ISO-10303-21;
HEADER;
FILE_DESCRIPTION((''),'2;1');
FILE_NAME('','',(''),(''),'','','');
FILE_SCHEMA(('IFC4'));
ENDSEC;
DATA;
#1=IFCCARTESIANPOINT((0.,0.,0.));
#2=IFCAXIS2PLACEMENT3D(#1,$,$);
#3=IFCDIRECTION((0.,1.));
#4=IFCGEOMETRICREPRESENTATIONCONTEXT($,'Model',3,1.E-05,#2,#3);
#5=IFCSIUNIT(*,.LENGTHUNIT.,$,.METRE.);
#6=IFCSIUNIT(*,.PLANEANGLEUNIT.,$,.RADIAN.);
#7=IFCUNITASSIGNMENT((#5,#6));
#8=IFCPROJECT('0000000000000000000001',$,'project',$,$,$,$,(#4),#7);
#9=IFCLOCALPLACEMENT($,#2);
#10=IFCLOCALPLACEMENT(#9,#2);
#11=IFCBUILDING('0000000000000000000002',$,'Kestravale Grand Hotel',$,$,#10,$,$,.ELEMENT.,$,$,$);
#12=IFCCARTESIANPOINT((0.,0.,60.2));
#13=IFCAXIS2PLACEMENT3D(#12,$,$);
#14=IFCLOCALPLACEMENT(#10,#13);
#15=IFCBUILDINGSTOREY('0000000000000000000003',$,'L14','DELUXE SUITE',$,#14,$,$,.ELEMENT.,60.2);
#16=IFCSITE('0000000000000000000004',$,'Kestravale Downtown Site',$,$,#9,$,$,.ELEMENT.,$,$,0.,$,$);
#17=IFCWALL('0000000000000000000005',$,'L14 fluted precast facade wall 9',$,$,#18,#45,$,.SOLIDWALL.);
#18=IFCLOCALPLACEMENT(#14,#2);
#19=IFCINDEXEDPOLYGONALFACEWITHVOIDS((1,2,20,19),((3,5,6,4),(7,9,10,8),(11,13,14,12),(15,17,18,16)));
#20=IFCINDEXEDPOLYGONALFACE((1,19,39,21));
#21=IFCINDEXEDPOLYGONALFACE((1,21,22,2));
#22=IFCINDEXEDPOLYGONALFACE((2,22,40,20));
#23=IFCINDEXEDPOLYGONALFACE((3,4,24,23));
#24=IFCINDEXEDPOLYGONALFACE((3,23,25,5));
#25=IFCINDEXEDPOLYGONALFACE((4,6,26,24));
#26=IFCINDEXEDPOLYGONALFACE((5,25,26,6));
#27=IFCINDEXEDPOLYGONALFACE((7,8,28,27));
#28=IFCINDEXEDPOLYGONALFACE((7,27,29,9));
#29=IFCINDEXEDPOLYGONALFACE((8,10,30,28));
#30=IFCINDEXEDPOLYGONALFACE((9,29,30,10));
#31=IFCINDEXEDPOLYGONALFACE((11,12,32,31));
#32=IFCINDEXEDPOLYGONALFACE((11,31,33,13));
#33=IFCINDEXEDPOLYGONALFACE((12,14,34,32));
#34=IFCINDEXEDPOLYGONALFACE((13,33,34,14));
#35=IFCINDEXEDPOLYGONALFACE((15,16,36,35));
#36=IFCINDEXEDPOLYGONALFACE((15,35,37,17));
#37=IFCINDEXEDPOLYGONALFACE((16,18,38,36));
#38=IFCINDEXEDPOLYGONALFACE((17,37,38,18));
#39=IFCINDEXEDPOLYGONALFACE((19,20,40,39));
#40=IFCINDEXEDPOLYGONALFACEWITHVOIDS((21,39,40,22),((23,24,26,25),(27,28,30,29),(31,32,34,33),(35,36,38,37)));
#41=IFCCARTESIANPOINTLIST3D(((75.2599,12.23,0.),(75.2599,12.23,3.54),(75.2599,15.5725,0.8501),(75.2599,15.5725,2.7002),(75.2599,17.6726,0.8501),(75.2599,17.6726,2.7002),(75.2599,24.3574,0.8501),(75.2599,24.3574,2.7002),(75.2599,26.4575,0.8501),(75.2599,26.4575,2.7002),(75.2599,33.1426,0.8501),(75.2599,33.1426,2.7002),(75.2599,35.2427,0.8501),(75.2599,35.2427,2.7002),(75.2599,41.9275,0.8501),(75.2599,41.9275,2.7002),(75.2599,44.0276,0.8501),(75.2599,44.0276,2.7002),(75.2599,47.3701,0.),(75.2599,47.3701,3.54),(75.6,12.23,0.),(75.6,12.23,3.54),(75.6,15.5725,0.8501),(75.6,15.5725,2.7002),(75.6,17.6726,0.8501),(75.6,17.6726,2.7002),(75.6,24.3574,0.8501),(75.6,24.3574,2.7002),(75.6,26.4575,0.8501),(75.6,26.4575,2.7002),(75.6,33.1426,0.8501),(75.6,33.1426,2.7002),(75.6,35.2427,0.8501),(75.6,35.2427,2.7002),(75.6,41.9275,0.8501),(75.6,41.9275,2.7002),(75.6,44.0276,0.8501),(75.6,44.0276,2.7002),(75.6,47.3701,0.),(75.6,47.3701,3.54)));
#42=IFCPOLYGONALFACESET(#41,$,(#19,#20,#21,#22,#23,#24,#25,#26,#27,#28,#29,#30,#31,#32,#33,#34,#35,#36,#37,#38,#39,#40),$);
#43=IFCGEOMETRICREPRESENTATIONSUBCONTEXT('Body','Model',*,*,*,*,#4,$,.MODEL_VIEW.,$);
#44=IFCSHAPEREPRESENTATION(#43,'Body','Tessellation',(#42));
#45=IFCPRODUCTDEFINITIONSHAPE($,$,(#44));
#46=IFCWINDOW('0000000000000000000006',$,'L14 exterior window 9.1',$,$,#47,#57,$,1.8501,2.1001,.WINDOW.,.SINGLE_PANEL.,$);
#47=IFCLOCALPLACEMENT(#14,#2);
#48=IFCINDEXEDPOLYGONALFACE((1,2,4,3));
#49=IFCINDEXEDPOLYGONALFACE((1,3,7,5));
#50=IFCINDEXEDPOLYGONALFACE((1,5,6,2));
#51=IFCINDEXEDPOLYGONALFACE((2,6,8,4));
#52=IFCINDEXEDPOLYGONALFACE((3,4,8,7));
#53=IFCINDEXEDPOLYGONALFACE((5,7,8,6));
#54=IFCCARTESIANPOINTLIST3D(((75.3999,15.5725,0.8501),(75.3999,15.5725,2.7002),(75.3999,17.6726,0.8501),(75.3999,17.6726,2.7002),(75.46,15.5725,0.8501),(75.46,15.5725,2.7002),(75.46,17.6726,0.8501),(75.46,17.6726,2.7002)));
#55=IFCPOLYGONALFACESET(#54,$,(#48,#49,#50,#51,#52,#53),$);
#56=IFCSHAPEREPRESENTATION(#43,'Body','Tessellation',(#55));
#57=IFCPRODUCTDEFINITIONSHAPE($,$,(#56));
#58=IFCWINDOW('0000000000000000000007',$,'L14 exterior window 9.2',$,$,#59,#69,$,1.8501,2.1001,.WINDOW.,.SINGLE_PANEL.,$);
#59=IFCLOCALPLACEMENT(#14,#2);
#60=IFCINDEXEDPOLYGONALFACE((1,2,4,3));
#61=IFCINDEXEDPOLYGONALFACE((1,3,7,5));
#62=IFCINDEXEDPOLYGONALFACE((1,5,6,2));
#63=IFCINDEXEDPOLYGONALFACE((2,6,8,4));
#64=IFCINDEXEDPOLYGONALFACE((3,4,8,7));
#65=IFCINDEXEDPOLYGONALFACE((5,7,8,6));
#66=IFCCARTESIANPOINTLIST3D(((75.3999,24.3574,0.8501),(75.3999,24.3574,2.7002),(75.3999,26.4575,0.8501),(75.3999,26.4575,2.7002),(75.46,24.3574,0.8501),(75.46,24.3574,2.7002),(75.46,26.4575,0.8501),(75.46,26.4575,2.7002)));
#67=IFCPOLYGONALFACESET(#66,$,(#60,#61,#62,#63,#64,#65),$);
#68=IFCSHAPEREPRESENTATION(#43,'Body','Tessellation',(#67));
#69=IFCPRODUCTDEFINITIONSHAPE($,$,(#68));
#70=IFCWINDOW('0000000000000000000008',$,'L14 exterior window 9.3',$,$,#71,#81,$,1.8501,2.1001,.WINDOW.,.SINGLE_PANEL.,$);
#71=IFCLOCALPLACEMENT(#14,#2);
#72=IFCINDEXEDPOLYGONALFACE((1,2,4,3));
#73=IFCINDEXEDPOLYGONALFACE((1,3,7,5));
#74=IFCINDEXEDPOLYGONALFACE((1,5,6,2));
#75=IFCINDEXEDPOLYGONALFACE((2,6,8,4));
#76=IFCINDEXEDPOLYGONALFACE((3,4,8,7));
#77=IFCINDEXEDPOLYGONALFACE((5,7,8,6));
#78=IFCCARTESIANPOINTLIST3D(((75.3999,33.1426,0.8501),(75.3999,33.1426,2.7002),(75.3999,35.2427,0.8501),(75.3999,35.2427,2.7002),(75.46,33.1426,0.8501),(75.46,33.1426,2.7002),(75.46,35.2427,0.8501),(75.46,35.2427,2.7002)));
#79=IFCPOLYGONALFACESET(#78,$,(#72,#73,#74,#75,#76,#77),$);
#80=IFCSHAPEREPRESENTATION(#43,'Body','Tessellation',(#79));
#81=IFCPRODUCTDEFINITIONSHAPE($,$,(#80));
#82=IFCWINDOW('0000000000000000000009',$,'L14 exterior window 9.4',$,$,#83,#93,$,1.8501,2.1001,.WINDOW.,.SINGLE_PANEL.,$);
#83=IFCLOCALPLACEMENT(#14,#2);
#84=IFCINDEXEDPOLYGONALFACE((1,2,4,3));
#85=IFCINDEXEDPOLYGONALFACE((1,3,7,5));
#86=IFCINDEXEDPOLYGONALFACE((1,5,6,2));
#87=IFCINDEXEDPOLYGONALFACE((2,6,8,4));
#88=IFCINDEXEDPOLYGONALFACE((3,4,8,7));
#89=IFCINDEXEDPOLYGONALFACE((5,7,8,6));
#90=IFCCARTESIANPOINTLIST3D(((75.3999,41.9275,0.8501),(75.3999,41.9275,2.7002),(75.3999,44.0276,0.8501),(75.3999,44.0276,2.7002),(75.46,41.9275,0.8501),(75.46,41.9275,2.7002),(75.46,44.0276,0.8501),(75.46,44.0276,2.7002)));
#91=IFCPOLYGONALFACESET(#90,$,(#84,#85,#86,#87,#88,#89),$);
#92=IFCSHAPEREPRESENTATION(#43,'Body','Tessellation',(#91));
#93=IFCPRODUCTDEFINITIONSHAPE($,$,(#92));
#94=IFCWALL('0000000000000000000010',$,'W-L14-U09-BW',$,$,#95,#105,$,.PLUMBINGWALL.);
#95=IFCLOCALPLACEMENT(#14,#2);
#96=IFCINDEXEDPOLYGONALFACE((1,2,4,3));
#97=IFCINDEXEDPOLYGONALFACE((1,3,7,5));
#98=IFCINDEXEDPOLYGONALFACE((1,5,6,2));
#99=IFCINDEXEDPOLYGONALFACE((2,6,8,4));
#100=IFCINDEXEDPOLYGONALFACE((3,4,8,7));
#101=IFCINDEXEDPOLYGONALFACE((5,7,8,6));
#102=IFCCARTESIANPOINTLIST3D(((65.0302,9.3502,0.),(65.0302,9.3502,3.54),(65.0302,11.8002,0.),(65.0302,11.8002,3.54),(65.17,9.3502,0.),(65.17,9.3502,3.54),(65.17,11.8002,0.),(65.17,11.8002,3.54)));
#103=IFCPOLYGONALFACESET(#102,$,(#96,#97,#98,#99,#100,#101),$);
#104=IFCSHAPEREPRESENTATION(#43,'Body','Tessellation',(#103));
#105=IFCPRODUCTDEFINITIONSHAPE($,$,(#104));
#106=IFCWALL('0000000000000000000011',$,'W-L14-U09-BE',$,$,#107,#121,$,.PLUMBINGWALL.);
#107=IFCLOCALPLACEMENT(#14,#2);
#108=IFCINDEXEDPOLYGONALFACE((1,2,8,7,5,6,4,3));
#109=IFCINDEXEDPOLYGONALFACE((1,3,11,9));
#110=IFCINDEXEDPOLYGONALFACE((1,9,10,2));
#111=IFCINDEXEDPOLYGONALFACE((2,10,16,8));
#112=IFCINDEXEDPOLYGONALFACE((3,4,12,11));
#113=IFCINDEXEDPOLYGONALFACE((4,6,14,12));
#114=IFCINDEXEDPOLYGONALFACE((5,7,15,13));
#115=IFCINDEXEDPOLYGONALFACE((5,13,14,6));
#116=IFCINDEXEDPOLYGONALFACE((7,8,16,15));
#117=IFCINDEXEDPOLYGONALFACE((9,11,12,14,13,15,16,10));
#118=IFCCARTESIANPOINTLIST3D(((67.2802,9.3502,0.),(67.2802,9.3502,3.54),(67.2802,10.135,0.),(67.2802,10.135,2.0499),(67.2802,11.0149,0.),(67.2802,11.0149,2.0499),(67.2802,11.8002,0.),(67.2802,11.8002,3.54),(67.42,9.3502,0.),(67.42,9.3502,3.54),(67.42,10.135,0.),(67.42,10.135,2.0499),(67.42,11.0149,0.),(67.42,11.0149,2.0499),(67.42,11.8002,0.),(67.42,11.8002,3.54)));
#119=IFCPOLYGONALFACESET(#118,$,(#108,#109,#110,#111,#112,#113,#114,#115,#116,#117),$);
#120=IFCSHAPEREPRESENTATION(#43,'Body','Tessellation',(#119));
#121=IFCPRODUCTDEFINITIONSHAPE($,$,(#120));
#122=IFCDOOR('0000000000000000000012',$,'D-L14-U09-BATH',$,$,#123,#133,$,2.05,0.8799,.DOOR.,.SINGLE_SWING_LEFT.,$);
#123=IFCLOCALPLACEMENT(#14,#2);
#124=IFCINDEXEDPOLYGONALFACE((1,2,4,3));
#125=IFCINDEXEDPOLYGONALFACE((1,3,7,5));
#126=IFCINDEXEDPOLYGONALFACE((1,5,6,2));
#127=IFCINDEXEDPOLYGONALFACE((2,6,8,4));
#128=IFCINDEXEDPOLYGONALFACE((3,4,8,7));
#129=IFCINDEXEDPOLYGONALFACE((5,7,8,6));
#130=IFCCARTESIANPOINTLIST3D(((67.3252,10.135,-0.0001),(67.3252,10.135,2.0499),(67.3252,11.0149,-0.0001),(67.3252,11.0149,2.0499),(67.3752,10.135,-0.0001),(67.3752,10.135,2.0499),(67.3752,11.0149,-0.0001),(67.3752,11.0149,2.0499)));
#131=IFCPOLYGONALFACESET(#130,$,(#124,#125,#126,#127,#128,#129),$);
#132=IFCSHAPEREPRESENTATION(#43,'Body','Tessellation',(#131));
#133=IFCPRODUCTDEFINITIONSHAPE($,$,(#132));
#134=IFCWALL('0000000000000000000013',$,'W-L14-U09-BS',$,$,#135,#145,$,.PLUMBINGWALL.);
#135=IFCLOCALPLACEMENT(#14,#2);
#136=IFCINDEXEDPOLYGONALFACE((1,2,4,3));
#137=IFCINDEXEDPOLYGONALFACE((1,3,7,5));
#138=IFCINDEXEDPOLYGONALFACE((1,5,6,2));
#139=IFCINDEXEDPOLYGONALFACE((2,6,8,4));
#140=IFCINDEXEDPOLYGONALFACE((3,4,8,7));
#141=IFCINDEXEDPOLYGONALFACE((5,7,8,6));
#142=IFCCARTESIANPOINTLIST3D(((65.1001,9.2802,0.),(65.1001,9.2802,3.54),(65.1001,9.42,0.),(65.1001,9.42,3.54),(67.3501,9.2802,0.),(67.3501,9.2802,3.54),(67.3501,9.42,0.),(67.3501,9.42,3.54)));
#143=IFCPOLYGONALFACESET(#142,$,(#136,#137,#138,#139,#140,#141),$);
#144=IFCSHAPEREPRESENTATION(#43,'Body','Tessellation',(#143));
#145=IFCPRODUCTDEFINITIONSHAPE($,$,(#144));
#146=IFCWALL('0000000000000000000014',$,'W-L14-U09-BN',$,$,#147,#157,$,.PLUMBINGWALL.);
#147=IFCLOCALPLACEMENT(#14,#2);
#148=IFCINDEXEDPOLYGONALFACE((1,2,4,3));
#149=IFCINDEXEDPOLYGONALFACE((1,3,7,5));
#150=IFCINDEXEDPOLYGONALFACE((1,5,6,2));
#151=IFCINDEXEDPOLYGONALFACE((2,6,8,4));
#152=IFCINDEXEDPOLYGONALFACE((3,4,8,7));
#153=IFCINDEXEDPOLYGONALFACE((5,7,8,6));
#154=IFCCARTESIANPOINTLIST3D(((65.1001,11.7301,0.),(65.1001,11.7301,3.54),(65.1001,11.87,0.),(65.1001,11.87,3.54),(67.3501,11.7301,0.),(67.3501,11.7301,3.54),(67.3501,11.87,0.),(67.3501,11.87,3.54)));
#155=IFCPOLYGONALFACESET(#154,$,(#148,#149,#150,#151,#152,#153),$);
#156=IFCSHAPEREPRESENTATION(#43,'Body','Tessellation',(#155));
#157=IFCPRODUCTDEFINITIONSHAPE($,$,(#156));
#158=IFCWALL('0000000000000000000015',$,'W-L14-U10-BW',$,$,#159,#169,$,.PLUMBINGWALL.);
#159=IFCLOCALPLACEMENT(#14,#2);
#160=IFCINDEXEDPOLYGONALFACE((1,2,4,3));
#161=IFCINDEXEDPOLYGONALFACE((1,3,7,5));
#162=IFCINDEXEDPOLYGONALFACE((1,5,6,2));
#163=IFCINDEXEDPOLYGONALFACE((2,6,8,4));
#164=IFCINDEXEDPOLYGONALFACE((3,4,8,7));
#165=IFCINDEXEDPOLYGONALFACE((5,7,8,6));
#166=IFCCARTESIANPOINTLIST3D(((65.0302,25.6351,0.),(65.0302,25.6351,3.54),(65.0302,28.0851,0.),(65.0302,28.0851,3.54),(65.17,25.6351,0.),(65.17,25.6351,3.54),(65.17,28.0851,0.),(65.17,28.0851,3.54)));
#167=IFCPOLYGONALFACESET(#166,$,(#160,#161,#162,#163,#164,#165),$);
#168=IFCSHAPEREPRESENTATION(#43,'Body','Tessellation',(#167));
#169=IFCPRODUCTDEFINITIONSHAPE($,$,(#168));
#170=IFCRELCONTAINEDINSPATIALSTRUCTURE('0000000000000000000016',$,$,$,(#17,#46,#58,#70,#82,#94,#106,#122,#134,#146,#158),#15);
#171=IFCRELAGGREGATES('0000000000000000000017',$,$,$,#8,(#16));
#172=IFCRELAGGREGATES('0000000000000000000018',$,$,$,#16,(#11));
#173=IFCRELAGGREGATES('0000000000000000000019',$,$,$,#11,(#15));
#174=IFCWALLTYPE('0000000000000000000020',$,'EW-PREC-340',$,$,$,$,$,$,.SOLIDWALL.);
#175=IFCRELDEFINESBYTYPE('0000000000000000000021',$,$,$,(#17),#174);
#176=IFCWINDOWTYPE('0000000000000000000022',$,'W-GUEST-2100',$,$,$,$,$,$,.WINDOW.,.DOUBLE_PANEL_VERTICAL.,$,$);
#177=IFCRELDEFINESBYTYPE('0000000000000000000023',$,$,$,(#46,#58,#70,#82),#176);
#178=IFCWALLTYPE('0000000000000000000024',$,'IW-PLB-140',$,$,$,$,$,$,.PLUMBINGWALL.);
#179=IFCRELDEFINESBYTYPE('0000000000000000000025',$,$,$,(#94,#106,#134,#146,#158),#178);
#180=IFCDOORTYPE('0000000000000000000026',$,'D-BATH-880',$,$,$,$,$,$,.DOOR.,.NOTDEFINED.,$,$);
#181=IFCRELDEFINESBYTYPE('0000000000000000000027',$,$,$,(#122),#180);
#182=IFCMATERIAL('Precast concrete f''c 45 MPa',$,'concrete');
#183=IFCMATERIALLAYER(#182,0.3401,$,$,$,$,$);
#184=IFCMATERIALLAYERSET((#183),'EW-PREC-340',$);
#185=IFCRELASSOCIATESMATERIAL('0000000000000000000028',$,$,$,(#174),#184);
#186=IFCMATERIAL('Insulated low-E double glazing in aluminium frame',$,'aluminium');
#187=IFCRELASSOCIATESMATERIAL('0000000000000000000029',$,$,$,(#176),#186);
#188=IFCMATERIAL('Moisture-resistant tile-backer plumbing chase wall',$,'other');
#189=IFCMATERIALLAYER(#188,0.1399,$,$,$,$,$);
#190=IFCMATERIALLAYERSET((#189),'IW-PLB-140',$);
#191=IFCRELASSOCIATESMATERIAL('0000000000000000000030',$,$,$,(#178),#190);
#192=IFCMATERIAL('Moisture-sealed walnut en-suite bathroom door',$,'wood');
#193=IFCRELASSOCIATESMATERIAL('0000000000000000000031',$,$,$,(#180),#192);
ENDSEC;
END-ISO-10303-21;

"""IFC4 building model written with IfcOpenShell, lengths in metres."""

from ifc_helpers import new_model, si_unit, direction, frame, frame_2d, origin, place, context, subcontext, project, spatial, rectangle, extrude, material, layer, layer_set, type_object, element, fill, save


model = new_model("IFC4")

# Units and contexts
model_context = context("Model", 3, precision=1e-05, world=origin(), true_north=direction((0.0, 1.0)))
body_context = subcontext(model_context, "Body", "Model", "MODEL_VIEW")
ifc_project = project(units=[si_unit("LENGTHUNIT", "METRE"), si_unit("PLANEANGLEUNIT", "RADIAN")], contexts=[model_context])

# Site, building, storey
site_placement = place(None, origin())
site = spatial("IfcSite", under=ifc_project, at=site_placement, Name="Kestravale Downtown Site", CompositionType="ELEMENT", RefElevation=0.0)
building_placement = place(site_placement, origin())
building = spatial("IfcBuilding", under=site, at=building_placement, Name="Kestravale Grand Hotel", CompositionType="ELEMENT")
storey_placement = place(building_placement, frame((0.0, 0.0, 60.2)))
storey = spatial("IfcBuildingStorey", under=building, at=storey_placement, Name="L14", Description="DELUXE SUITE", CompositionType="ELEMENT", Elevation=60.2)

# Shared definitions
ifc_material_1 = material(Name="Precast concrete f'c 45 MPa", Category="concrete")
ifc_layer_1 = layer(ifc_material_1, 0.3401)
ifc_layer_set_1 = layer_set([ifc_layer_1], Name="EW-PREC-340")
wall_type_1 = type_object("IfcWallType", Name="EW-PREC-340", PredefinedType="SOLIDWALL", material=ifc_layer_set_1)
ifc_material_2 = material(Name="Insulated low-E double glazing in aluminium frame", Category="aluminium")
window_type = type_object("IfcWindowType", Name="W-GUEST-2100", PartitioningType="DOUBLE_PANEL_VERTICAL", PredefinedType="WINDOW", material=ifc_material_2)

# Wall, openings, windows
wall_1_placement = place(storey_placement, frame((75.4299, 12.23, 0.0), z_axis=(0.0, 0.0, 1.0), x_axis=(0.0, 1.0, 0.0)))
wall_1 = element("IfcWall", 1, at=wall_1_placement, inside=storey, type_object=wall_type_1, Name="L14 fluted precast facade wall 9", PredefinedType="SOLIDWALL", context=body_context, shape_type="SweptSolid", body=[
    extrude(rectangle(XDim=35.1401, YDim=0.3401, at=frame_2d((17.5701, 0.0))), origin(), (0.0, 0.0, 1.0), 3.54),
])
opening_1_placement = place(wall_1_placement, frame((3.3425, 0.0, 0.8501)))
opening_1 = element("IfcOpeningElement", 2, at=opening_1_placement, cuts=wall_1, PredefinedType="OPENING", context=body_context, shape_type="SweptSolid", body=[
    extrude(rectangle(XDim=2.1001, YDim=1.8501, at=frame_2d((1.05, 0.925))), frame((0.0, 0.1799, 0.0), z_axis=(0.0, -1.0, 0.0), x_axis=(1.0, 0.0, 0.0)), (0.0, 0.0, 1.0), 0.3601),
])
opening_2_placement = place(wall_1_placement, frame((12.1274, 0.0, 0.8501)))
opening_2 = element("IfcOpeningElement", 3, at=opening_2_placement, cuts=wall_1, PredefinedType="OPENING", context=body_context, shape_type="SweptSolid", body=[
    extrude(rectangle(XDim=2.1001, YDim=1.8501, at=frame_2d((1.05, 0.925))), frame((0.0, 0.1799, 0.0), z_axis=(0.0, -1.0, 0.0), x_axis=(1.0, 0.0, 0.0)), (0.0, 0.0, 1.0), 0.3601),
])
opening_3_placement = place(wall_1_placement, frame((20.9126, 0.0, 0.8501)))
opening_3 = element("IfcOpeningElement", 4, at=opening_3_placement, cuts=wall_1, PredefinedType="OPENING", context=body_context, shape_type="SweptSolid", body=[
    extrude(rectangle(XDim=2.1001, YDim=1.8501, at=frame_2d((1.05, 0.925))), frame((0.0, 0.1799, 0.0), z_axis=(0.0, -1.0, 0.0), x_axis=(1.0, 0.0, 0.0)), (0.0, 0.0, 1.0), 0.3601),
])
opening_4_placement = place(wall_1_placement, frame((29.6975, 0.0, 0.8501)))
opening_4 = element("IfcOpeningElement", 5, at=opening_4_placement, cuts=wall_1, PredefinedType="OPENING", context=body_context, shape_type="SweptSolid", body=[
    extrude(rectangle(XDim=2.1001, YDim=1.8501, at=frame_2d((1.05, 0.925))), frame((0.0, 0.1799, 0.0), z_axis=(0.0, -1.0, 0.0), x_axis=(1.0, 0.0, 0.0)), (0.0, 0.0, 1.0), 0.3601),
])
window_1_placement = place(opening_1_placement, origin())
window_1 = element("IfcWindow", 6, at=window_1_placement, inside=storey, type_object=window_type, Name="L14 exterior window 9.1", OverallHeight=1.8501, OverallWidth=2.1001, PartitioningType="SINGLE_PANEL", PredefinedType="WINDOW", context=body_context, shape_type="SweptSolid", body=[
    extrude(rectangle(XDim=2.1001, YDim=1.8501, at=frame_2d((1.05, 0.925))), frame((0.0, 0.03, 0.0), z_axis=(0.0, -1.0, 0.0), x_axis=(1.0, 0.0, 0.0)), (0.0, 0.0, 1.0), 0.0601),
])
fill(opening_1, window_1)
window_2_placement = place(opening_2_placement, origin())
window_2 = element("IfcWindow", 7, at=window_2_placement, inside=storey, type_object=window_type, Name="L14 exterior window 9.2", OverallHeight=1.8501, OverallWidth=2.1001, PartitioningType="SINGLE_PANEL", PredefinedType="WINDOW", context=body_context, shape_type="SweptSolid", body=[
    extrude(rectangle(XDim=2.1001, YDim=1.8501, at=frame_2d((1.05, 0.925))), frame((0.0, 0.03, 0.0), z_axis=(0.0, -1.0, 0.0), x_axis=(1.0, 0.0, 0.0)), (0.0, 0.0, 1.0), 0.0601),
])
fill(opening_2, window_2)
window_3_placement = place(opening_3_placement, origin())
window_3 = element("IfcWindow", 8, at=window_3_placement, inside=storey, type_object=window_type, Name="L14 exterior window 9.3", OverallHeight=1.8501, OverallWidth=2.1001, PartitioningType="SINGLE_PANEL", PredefinedType="WINDOW", context=body_context, shape_type="SweptSolid", body=[
    extrude(rectangle(XDim=2.1001, YDim=1.8501, at=frame_2d((1.05, 0.925))), frame((0.0, 0.03, 0.0), z_axis=(0.0, -1.0, 0.0), x_axis=(1.0, 0.0, 0.0)), (0.0, 0.0, 1.0), 0.0601),
])
fill(opening_3, window_3)
window_4_placement = place(opening_4_placement, origin())
window_4 = element("IfcWindow", 9, at=window_4_placement, inside=storey, type_object=window_type, Name="L14 exterior window 9.4", OverallHeight=1.8501, OverallWidth=2.1001, PartitioningType="SINGLE_PANEL", PredefinedType="WINDOW", context=body_context, shape_type="SweptSolid", body=[
    extrude(rectangle(XDim=2.1001, YDim=1.8501, at=frame_2d((1.05, 0.925))), frame((0.0, 0.03, 0.0), z_axis=(0.0, -1.0, 0.0), x_axis=(1.0, 0.0, 0.0)), (0.0, 0.0, 1.0), 0.0601),
])
fill(opening_4, window_4)

# Wall
ifc_material_3 = material(Name="Moisture-resistant tile-backer plumbing chase wall", Category="other")
ifc_layer_2 = layer(ifc_material_3, 0.1399)
ifc_layer_set_2 = layer_set([ifc_layer_2], Name="IW-PLB-140")
wall_type_2 = type_object("IfcWallType", Name="IW-PLB-140", PredefinedType="PLUMBINGWALL", material=ifc_layer_set_2)
wall_2_placement = place(storey_placement, frame((65.1001, 9.3501, 0.0), z_axis=(0.0, 0.0, 1.0), x_axis=(0.0, 1.0, 0.0)))
element("IfcWall", 10, at=wall_2_placement, inside=storey, type_object=wall_type_2, Name="W-L14-U09-BW", PredefinedType="PLUMBINGWALL", context=body_context, shape_type="SweptSolid", body=[
    extrude(rectangle(XDim=2.45, YDim=0.1399, at=frame_2d((1.2251, 0.0))), origin(), (0.0, 0.0, 1.0), 3.54),
])

# Wall, opening, door
wall_3_placement = place(storey_placement, frame((67.3501, 9.3501, 0.0), z_axis=(0.0, 0.0, 1.0), x_axis=(0.0, 1.0, 0.0)))
wall_3 = element("IfcWall", 11, at=wall_3_placement, inside=storey, type_object=wall_type_2, Name="W-L14-U09-BE", PredefinedType="PLUMBINGWALL", context=body_context, shape_type="SweptSolid", body=[
    extrude(rectangle(XDim=2.45, YDim=0.1399, at=frame_2d((1.2251, 0.0))), origin(), (0.0, 0.0, 1.0), 3.54),
])
opening_5_placement = place(wall_3_placement, frame((0.7849, 0.0, 0.0)))
opening_5 = element("IfcOpeningElement", 12, at=opening_5_placement, cuts=wall_3, PredefinedType="OPENING", context=body_context, shape_type="SweptSolid", body=[
    extrude(rectangle(XDim=0.8799, YDim=2.05, at=frame_2d((0.4399, 1.0249))), frame((0.0, 0.0798, 0.0), z_axis=(0.0, -1.0, 0.0), x_axis=(1.0, 0.0, 0.0)), (0.0, 0.0, 1.0), 0.1599),
])
ifc_material_4 = material(Name="Moisture-sealed walnut en-suite bathroom door", Category="wood")
door_type = type_object("IfcDoorType", Name="D-BATH-880", OperationType="NOTDEFINED", PredefinedType="DOOR", material=ifc_material_4)
door_1_placement = place(opening_5_placement, origin())
door_1 = element("IfcDoor", 13, at=door_1_placement, inside=storey, type_object=door_type, Name="D-L14-U09-BATH", OperationType="SINGLE_SWING_LEFT", OverallHeight=2.05, OverallWidth=0.8799, PredefinedType="DOOR", context=body_context, shape_type="SweptSolid", body=[
    extrude(rectangle(XDim=0.8799, YDim=2.05, at=frame_2d((0.4399, 1.0249))), frame((0.0, 0.0249, 0.0), z_axis=(0.0, -1.0, 0.0), x_axis=(1.0, 0.0, 0.0)), (0.0, 0.0, 1.0), 0.05),
])
fill(opening_5, door_1)

# Walls
for number, where, z_axis, x_axis, name in (
    (14, (65.1001, 9.3501, 0.0), (0.0, 0.0, 1.0), (1.0, 0.0, 0.0), "W-L14-U09-BS"),
    (15, (65.1001, 11.8, 0.0), (0.0, 0.0, 1.0), (1.0, 0.0, 0.0), "W-L14-U09-BN"),
):
    element("IfcWall", number, at=place(storey_placement, frame(where, z_axis=z_axis, x_axis=x_axis)), inside=storey, type_object=wall_type_2, Name=name, PredefinedType="PLUMBINGWALL", context=body_context, shape_type="SweptSolid", body=[
        extrude(rectangle(XDim=2.25, YDim=0.1399, at=frame_2d((1.125, 0.0))), origin(), (0.0, 0.0, 1.0), 3.54),
    ])
wall_4_placement = place(storey_placement, frame((65.1001, 25.635, 0.0), z_axis=(0.0, 0.0, 1.0), x_axis=(0.0, 1.0, 0.0)))
element("IfcWall", 16, at=wall_4_placement, inside=storey, type_object=wall_type_2, Name="W-L14-U10-BW", PredefinedType="PLUMBINGWALL", context=body_context, shape_type="SweptSolid", body=[
    extrude(rectangle(XDim=2.45, YDim=0.1399, at=frame_2d((1.2251, 0.0))), origin(), (0.0, 0.0, 1.0), 3.54),
])

save(model, "model.ifc")
